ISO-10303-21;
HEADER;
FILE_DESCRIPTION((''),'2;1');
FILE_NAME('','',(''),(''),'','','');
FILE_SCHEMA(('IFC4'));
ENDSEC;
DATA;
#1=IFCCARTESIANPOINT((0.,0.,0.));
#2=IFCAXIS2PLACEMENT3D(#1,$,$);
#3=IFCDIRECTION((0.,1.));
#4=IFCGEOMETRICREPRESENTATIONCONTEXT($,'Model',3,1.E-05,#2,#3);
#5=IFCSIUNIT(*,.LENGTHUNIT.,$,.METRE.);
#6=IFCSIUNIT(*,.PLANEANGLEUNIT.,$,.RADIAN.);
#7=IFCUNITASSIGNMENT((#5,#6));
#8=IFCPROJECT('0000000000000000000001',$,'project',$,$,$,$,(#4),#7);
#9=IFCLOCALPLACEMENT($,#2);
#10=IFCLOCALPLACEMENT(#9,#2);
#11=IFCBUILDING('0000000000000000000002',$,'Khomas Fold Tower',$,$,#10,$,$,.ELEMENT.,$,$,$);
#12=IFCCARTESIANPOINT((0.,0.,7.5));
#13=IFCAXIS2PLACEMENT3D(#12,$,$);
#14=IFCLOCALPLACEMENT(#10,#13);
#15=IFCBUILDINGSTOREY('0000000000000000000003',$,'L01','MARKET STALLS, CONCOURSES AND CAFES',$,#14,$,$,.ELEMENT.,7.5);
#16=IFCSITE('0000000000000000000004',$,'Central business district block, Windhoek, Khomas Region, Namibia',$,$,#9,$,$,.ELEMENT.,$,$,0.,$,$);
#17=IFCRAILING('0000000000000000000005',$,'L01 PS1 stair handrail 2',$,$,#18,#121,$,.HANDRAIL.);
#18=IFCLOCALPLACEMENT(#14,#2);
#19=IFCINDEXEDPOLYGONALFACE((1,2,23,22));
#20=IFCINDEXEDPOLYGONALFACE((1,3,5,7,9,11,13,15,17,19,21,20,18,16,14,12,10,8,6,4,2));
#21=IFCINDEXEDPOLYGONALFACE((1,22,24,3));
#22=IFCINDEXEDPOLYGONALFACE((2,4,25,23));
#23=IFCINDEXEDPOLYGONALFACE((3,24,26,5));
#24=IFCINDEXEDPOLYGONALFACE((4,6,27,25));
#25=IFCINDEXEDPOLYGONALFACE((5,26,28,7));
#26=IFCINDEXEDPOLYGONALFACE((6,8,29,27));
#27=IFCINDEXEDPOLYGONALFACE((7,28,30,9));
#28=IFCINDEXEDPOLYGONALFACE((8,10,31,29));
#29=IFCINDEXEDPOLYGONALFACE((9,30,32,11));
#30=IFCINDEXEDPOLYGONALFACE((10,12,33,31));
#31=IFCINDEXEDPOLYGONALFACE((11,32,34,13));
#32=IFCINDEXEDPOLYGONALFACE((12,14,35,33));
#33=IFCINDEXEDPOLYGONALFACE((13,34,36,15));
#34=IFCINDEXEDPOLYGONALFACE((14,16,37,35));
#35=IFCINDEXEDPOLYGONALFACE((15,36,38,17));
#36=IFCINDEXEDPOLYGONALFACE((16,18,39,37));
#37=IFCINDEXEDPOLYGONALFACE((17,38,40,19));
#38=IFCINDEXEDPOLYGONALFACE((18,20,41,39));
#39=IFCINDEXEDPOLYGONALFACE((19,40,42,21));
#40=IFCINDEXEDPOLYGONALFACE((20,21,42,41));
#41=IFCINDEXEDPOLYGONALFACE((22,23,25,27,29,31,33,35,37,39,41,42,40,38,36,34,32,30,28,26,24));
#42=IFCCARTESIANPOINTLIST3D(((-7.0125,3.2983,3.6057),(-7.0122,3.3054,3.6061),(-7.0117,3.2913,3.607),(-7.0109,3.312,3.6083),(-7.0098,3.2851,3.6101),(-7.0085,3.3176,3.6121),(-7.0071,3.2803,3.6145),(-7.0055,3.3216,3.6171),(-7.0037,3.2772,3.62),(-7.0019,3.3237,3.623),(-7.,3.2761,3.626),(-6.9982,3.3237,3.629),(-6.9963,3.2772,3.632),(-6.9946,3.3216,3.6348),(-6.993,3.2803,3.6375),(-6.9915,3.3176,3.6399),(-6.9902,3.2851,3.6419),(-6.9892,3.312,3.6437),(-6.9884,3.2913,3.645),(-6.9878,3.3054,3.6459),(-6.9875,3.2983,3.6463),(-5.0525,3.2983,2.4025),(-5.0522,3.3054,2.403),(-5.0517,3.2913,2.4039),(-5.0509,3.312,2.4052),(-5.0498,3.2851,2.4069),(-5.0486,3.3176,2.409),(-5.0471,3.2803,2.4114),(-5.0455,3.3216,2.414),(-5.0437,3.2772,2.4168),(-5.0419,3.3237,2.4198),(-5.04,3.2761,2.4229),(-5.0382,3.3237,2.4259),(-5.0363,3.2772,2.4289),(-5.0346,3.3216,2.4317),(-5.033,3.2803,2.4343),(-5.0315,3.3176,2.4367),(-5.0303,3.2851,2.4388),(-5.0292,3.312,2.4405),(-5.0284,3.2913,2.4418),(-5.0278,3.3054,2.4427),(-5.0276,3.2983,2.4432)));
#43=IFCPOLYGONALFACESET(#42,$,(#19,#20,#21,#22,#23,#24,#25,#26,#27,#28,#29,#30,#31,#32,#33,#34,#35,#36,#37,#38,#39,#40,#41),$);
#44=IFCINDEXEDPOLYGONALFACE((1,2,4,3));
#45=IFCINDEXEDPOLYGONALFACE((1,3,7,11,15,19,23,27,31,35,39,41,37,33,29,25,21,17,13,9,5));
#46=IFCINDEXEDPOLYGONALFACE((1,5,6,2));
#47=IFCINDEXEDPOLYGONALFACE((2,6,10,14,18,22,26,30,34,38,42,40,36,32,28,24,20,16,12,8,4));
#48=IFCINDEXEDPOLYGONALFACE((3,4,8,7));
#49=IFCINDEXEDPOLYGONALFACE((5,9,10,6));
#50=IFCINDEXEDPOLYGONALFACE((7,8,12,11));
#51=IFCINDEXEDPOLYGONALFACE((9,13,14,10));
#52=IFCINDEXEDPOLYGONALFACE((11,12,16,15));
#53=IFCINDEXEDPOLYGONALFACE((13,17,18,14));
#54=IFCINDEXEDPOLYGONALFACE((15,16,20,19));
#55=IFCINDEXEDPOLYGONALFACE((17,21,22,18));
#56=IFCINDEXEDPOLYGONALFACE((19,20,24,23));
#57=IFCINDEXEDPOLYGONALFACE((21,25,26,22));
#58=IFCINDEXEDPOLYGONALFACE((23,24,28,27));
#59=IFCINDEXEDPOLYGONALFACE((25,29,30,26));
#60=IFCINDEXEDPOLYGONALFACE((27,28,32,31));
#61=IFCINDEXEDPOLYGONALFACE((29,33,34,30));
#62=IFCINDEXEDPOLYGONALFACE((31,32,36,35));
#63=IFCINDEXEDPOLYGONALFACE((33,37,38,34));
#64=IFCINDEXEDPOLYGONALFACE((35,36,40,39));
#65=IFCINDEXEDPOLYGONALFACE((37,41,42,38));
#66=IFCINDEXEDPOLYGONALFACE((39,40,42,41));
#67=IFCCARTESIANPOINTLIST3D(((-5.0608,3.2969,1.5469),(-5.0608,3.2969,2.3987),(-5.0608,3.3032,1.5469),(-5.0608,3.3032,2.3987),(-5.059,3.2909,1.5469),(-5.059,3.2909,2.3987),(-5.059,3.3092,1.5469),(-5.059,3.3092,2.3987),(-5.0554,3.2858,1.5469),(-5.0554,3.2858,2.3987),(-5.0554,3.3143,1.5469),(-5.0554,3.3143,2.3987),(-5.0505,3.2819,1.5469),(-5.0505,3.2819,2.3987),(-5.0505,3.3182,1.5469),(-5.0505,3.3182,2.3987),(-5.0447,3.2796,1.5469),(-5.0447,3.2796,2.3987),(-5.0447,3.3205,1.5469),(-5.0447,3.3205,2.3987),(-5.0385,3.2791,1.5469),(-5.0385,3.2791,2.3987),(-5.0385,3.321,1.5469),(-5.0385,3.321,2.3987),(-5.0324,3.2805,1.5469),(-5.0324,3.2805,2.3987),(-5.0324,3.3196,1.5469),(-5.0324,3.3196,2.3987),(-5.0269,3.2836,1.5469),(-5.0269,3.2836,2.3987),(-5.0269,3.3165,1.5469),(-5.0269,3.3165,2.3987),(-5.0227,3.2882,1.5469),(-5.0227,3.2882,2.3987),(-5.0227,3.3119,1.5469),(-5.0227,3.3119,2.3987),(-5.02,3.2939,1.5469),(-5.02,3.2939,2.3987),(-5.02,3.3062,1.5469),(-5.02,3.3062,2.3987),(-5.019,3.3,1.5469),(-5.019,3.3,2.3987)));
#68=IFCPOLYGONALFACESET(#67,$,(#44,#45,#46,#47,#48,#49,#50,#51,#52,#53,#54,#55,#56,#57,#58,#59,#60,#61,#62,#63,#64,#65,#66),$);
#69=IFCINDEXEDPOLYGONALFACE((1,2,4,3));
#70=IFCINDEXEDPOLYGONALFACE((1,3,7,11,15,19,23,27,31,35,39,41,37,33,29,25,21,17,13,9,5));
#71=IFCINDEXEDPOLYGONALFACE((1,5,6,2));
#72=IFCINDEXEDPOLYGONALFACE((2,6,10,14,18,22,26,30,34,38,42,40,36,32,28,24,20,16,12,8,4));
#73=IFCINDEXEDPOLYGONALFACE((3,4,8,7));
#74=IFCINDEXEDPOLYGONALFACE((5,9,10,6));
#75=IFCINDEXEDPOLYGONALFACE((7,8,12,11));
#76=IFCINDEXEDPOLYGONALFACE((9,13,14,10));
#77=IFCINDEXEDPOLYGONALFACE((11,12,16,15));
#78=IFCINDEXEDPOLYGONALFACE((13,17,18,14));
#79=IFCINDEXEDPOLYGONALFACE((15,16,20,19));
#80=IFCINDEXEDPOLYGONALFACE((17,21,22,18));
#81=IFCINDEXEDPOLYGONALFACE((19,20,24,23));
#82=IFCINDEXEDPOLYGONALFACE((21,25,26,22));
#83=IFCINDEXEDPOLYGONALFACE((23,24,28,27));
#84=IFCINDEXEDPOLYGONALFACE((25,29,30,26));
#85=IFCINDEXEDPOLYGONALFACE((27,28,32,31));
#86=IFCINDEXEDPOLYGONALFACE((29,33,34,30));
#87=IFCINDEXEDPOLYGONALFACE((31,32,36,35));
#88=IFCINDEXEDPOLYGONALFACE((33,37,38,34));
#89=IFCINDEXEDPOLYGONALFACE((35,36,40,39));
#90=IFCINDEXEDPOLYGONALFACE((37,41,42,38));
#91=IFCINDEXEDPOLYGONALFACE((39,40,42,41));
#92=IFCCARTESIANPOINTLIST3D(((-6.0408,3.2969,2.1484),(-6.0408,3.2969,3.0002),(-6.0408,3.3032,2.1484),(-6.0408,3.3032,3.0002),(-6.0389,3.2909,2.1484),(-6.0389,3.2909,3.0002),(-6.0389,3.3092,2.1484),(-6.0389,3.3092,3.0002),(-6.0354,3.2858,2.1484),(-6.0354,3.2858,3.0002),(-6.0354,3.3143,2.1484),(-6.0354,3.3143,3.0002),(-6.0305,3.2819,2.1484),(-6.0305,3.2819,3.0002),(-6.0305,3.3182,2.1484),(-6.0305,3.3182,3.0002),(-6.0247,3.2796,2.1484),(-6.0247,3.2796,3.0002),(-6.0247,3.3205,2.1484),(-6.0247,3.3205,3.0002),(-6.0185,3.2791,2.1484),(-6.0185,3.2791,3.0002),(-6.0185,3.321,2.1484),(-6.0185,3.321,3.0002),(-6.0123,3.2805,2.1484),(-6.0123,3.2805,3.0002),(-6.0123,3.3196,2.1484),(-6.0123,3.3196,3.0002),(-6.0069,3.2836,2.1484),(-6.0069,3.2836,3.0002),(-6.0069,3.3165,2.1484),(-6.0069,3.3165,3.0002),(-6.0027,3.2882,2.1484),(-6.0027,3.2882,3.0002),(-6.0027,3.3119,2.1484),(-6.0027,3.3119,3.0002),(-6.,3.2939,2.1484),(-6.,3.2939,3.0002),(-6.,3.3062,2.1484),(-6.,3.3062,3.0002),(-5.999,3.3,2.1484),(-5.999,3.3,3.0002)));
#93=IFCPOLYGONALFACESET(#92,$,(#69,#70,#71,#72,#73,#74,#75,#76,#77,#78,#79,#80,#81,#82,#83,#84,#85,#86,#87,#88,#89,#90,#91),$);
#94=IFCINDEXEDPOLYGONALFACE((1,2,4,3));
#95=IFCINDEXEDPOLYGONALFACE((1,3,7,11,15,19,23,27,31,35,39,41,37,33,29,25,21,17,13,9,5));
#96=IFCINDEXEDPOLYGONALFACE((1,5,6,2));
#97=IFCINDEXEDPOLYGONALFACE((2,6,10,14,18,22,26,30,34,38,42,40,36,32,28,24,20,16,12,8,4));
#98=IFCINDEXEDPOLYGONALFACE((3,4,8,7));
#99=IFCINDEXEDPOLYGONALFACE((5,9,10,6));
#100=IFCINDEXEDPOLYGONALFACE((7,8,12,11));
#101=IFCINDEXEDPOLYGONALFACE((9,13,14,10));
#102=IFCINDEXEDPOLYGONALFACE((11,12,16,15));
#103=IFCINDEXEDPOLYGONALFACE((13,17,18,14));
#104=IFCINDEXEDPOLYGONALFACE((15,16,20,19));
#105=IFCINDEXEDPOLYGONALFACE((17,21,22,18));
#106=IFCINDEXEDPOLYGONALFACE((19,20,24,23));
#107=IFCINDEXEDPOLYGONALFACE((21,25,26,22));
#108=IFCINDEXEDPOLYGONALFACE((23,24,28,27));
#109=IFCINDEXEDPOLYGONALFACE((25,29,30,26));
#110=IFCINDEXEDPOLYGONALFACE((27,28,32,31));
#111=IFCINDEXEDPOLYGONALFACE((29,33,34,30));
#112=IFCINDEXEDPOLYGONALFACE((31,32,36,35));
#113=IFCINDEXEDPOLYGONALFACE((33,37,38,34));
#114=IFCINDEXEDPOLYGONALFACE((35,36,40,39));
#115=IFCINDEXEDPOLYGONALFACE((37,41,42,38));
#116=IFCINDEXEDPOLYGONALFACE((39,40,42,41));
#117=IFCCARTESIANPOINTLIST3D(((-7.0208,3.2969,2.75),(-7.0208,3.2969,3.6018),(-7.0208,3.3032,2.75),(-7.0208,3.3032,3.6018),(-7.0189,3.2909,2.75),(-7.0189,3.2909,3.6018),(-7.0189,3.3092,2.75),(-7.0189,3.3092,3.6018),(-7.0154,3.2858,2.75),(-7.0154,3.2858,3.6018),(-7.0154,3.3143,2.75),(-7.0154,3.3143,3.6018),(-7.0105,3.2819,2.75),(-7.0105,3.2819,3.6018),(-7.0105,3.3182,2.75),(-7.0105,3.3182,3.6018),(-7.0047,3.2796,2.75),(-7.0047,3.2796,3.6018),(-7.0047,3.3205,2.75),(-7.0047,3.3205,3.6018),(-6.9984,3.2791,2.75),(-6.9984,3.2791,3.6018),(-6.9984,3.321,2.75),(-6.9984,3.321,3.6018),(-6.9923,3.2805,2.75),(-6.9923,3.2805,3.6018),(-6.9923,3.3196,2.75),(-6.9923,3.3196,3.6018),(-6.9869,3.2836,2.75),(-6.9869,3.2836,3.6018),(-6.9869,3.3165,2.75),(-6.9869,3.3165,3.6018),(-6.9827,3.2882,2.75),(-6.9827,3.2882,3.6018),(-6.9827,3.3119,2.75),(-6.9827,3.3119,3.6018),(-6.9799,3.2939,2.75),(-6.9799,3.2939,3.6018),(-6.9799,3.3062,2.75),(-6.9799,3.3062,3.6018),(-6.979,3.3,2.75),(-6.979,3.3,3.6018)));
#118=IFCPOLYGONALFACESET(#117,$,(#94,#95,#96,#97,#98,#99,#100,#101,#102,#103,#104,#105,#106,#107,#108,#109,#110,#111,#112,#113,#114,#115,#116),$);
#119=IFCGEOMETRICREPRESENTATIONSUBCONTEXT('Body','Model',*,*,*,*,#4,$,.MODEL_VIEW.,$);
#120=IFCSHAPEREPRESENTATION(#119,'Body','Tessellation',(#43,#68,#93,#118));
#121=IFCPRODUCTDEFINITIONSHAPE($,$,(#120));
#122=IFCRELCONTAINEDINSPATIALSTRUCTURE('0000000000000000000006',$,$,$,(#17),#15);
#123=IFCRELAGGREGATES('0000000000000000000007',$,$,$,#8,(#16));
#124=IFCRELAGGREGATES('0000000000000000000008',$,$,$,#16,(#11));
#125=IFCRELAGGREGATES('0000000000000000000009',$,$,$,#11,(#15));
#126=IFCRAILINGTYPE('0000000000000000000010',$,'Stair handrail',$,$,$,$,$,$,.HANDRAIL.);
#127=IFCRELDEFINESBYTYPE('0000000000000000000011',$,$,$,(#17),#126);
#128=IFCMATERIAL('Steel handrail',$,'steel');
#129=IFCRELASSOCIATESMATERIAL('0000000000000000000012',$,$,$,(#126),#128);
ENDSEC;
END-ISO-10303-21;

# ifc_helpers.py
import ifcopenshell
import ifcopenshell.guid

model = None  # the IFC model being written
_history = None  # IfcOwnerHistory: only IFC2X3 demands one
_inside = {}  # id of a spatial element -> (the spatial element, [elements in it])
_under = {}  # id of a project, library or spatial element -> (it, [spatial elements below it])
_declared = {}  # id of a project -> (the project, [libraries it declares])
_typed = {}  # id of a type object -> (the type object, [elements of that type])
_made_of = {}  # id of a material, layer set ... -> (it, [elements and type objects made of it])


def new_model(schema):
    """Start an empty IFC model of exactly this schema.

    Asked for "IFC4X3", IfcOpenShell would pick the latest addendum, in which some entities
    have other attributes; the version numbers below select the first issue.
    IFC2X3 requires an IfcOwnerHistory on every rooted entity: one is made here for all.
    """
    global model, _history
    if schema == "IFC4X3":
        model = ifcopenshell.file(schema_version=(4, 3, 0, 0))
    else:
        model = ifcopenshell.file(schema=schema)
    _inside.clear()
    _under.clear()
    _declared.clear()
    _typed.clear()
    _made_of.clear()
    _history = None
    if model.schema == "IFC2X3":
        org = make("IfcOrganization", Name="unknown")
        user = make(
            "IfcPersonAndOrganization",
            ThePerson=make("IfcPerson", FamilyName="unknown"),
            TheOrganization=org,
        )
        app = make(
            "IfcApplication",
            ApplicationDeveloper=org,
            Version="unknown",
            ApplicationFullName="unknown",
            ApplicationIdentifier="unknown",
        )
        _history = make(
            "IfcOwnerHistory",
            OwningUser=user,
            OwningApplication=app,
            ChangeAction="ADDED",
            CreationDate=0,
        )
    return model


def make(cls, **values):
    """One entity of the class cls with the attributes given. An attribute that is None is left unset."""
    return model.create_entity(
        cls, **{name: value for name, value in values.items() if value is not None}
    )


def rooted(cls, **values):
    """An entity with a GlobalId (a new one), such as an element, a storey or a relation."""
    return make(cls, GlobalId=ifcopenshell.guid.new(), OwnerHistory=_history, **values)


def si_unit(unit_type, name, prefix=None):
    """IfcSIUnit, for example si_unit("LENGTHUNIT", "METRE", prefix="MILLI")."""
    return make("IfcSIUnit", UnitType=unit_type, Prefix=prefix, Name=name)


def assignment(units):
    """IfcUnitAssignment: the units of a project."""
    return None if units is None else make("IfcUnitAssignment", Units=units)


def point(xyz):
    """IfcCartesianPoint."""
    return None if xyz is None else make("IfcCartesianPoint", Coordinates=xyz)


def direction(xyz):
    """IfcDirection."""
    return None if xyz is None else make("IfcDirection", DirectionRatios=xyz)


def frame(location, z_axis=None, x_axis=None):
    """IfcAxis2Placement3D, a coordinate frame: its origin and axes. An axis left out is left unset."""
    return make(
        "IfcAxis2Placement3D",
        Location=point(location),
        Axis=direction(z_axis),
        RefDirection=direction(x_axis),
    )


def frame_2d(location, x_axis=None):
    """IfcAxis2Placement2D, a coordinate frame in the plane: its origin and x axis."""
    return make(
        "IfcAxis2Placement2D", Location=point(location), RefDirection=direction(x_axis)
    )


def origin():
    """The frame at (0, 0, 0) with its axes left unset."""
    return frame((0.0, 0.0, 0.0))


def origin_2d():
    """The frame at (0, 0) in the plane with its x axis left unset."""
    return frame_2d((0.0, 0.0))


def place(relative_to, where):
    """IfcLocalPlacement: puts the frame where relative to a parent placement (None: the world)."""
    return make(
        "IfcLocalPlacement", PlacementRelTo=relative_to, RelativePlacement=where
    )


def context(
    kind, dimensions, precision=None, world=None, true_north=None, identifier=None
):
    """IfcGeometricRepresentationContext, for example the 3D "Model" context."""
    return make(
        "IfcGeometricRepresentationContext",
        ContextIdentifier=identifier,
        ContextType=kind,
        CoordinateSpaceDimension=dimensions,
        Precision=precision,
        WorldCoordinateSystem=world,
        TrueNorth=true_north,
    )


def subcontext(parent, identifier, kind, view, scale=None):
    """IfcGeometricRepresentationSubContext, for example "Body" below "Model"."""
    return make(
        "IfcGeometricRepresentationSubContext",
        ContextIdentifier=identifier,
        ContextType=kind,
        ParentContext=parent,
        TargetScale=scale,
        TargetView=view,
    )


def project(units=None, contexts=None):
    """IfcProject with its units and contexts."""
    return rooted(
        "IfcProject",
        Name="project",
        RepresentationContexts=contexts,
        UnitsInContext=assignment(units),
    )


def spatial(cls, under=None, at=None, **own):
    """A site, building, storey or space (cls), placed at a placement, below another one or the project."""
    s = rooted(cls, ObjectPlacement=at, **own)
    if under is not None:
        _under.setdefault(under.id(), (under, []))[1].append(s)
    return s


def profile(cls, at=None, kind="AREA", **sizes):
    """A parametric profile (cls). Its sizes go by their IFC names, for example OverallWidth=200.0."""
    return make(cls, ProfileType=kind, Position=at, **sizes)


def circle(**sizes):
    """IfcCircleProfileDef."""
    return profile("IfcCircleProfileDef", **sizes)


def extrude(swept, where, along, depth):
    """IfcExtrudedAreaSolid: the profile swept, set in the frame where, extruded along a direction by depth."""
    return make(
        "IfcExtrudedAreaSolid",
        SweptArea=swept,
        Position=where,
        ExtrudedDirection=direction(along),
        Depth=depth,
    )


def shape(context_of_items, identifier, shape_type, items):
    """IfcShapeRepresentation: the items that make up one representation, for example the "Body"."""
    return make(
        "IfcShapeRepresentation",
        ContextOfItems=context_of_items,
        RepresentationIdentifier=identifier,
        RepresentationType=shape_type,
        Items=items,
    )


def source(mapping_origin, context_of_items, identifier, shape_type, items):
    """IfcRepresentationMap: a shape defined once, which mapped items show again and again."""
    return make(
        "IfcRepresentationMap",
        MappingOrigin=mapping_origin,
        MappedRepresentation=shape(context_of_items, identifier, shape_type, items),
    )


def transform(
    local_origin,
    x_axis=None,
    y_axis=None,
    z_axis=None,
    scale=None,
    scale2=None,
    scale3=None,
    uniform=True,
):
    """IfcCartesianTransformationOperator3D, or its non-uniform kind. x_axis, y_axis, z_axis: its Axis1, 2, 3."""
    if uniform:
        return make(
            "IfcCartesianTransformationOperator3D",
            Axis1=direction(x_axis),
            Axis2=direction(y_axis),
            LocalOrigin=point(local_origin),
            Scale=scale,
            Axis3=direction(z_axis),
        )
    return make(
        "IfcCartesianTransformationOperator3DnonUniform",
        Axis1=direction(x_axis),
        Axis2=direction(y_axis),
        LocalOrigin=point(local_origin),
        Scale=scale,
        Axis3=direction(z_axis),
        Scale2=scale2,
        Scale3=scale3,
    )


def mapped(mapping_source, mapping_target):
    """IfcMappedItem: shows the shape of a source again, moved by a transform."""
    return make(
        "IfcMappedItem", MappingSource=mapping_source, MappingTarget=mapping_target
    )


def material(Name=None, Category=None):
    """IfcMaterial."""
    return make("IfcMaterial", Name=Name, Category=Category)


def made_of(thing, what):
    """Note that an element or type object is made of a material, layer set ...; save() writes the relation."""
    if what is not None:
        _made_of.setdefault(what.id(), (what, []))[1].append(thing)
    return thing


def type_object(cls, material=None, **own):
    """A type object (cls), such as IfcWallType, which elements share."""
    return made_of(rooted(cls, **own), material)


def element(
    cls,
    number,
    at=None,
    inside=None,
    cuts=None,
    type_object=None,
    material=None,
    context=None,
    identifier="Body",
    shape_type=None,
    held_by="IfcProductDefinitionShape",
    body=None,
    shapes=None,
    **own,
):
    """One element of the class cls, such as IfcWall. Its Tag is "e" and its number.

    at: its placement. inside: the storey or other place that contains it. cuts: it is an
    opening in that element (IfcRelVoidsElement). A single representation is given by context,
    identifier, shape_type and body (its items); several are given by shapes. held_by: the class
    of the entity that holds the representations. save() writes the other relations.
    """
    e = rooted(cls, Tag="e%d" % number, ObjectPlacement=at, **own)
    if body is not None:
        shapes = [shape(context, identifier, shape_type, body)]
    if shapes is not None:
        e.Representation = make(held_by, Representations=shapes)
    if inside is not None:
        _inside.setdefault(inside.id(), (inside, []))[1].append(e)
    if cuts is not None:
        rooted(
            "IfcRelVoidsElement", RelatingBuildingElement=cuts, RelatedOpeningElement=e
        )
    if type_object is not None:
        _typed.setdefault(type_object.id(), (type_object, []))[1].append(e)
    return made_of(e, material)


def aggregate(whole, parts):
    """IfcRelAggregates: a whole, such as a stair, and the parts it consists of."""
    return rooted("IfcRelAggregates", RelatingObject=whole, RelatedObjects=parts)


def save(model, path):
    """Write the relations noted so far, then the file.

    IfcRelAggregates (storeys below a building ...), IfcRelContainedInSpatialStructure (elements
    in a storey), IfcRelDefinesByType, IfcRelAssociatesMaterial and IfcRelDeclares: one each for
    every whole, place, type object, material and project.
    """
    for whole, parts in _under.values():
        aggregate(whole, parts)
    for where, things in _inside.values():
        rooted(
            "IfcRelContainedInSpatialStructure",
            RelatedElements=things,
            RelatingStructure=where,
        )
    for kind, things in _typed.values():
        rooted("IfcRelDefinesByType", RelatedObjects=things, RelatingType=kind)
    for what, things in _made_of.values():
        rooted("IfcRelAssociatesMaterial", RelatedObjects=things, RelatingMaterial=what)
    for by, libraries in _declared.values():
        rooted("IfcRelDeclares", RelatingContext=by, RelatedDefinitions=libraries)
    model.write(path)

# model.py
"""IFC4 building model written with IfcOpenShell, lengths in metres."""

from ifc_helpers import new_model, si_unit, direction, frame, origin, origin_2d, place, context, subcontext, project, spatial, circle, extrude, source, transform, mapped, material, type_object, element, save


model = new_model("IFC4")

# Units and contexts
model_context = context("Model", 3, precision=1e-05, world=origin(), true_north=direction((0.0, 1.0)))
body_context = subcontext(model_context, "Body", "Model", "MODEL_VIEW")
ifc_project = project(units=[si_unit("LENGTHUNIT", "METRE"), si_unit("PLANEANGLEUNIT", "RADIAN")], contexts=[model_context])

# Site, building, storey
site_placement = place(None, origin())
site = spatial("IfcSite", under=ifc_project, at=site_placement, Name="Central business district block, Windhoek, Khomas Region, Namibia", CompositionType="ELEMENT", RefElevation=0.0)
building_placement = place(site_placement, origin())
building = spatial("IfcBuilding", under=site, at=building_placement, Name="Khomas Fold Tower", CompositionType="ELEMENT")
storey_placement = place(building_placement, frame((0.0, 0.0, 7.5)))
storey = spatial("IfcBuildingStorey", under=building, at=storey_placement, Name="L01", Description="MARKET STALLS, CONCOURSES AND CAFES", CompositionType="ELEMENT", Elevation=7.5)

# Railing
ifc_material_1 = material(Name="Steel handrail", Category="steel")
railing_type_1 = type_object("IfcRailingType", Name="Stair handrail", PredefinedType="HANDRAIL", material=ifc_material_1)
shared_shape_1 = source(origin(), body_context, "Body", "SweptSolid", [
    extrude(circle(Radius=0.0239, at=origin_2d()), frame((0.0, 0.0, 0.876), z_axis=(-0.852241, 0.0, 0.523149), x_axis=(0.0, -1.0, 0.0)), (0.0, 0.0, 1.0), 2.2998),
    extrude(circle(Radius=0.021, at=origin_2d()), origin(), (0.0, 0.0, 1.0), 0.8518),
    extrude(circle(Radius=0.021, at=origin_2d()), frame((-0.98, 0.0, 0.6016)), (0.0, 0.0, 1.0), 0.8518),
    extrude(circle(Radius=0.021, at=origin_2d()), frame((-1.96, 0.0, 1.2031)), (0.0, 0.0, 1.0), 0.8518),
])
for number, where, name in (
    (1, (-5.04, 3.3, 1.5469), "L01 PS1 stair handrail 2"),
):
    element("IfcRailing", number, at=place(storey_placement, frame(where)), inside=storey, type_object=railing_type_1, Name=name, PredefinedType="HANDRAIL", context=body_context, shape_type="MappedRepresentation", body=[
        mapped(shared_shape_1, transform((0.0, 0.0, 0.0))),
    ])

save(model, "model.ifc")
